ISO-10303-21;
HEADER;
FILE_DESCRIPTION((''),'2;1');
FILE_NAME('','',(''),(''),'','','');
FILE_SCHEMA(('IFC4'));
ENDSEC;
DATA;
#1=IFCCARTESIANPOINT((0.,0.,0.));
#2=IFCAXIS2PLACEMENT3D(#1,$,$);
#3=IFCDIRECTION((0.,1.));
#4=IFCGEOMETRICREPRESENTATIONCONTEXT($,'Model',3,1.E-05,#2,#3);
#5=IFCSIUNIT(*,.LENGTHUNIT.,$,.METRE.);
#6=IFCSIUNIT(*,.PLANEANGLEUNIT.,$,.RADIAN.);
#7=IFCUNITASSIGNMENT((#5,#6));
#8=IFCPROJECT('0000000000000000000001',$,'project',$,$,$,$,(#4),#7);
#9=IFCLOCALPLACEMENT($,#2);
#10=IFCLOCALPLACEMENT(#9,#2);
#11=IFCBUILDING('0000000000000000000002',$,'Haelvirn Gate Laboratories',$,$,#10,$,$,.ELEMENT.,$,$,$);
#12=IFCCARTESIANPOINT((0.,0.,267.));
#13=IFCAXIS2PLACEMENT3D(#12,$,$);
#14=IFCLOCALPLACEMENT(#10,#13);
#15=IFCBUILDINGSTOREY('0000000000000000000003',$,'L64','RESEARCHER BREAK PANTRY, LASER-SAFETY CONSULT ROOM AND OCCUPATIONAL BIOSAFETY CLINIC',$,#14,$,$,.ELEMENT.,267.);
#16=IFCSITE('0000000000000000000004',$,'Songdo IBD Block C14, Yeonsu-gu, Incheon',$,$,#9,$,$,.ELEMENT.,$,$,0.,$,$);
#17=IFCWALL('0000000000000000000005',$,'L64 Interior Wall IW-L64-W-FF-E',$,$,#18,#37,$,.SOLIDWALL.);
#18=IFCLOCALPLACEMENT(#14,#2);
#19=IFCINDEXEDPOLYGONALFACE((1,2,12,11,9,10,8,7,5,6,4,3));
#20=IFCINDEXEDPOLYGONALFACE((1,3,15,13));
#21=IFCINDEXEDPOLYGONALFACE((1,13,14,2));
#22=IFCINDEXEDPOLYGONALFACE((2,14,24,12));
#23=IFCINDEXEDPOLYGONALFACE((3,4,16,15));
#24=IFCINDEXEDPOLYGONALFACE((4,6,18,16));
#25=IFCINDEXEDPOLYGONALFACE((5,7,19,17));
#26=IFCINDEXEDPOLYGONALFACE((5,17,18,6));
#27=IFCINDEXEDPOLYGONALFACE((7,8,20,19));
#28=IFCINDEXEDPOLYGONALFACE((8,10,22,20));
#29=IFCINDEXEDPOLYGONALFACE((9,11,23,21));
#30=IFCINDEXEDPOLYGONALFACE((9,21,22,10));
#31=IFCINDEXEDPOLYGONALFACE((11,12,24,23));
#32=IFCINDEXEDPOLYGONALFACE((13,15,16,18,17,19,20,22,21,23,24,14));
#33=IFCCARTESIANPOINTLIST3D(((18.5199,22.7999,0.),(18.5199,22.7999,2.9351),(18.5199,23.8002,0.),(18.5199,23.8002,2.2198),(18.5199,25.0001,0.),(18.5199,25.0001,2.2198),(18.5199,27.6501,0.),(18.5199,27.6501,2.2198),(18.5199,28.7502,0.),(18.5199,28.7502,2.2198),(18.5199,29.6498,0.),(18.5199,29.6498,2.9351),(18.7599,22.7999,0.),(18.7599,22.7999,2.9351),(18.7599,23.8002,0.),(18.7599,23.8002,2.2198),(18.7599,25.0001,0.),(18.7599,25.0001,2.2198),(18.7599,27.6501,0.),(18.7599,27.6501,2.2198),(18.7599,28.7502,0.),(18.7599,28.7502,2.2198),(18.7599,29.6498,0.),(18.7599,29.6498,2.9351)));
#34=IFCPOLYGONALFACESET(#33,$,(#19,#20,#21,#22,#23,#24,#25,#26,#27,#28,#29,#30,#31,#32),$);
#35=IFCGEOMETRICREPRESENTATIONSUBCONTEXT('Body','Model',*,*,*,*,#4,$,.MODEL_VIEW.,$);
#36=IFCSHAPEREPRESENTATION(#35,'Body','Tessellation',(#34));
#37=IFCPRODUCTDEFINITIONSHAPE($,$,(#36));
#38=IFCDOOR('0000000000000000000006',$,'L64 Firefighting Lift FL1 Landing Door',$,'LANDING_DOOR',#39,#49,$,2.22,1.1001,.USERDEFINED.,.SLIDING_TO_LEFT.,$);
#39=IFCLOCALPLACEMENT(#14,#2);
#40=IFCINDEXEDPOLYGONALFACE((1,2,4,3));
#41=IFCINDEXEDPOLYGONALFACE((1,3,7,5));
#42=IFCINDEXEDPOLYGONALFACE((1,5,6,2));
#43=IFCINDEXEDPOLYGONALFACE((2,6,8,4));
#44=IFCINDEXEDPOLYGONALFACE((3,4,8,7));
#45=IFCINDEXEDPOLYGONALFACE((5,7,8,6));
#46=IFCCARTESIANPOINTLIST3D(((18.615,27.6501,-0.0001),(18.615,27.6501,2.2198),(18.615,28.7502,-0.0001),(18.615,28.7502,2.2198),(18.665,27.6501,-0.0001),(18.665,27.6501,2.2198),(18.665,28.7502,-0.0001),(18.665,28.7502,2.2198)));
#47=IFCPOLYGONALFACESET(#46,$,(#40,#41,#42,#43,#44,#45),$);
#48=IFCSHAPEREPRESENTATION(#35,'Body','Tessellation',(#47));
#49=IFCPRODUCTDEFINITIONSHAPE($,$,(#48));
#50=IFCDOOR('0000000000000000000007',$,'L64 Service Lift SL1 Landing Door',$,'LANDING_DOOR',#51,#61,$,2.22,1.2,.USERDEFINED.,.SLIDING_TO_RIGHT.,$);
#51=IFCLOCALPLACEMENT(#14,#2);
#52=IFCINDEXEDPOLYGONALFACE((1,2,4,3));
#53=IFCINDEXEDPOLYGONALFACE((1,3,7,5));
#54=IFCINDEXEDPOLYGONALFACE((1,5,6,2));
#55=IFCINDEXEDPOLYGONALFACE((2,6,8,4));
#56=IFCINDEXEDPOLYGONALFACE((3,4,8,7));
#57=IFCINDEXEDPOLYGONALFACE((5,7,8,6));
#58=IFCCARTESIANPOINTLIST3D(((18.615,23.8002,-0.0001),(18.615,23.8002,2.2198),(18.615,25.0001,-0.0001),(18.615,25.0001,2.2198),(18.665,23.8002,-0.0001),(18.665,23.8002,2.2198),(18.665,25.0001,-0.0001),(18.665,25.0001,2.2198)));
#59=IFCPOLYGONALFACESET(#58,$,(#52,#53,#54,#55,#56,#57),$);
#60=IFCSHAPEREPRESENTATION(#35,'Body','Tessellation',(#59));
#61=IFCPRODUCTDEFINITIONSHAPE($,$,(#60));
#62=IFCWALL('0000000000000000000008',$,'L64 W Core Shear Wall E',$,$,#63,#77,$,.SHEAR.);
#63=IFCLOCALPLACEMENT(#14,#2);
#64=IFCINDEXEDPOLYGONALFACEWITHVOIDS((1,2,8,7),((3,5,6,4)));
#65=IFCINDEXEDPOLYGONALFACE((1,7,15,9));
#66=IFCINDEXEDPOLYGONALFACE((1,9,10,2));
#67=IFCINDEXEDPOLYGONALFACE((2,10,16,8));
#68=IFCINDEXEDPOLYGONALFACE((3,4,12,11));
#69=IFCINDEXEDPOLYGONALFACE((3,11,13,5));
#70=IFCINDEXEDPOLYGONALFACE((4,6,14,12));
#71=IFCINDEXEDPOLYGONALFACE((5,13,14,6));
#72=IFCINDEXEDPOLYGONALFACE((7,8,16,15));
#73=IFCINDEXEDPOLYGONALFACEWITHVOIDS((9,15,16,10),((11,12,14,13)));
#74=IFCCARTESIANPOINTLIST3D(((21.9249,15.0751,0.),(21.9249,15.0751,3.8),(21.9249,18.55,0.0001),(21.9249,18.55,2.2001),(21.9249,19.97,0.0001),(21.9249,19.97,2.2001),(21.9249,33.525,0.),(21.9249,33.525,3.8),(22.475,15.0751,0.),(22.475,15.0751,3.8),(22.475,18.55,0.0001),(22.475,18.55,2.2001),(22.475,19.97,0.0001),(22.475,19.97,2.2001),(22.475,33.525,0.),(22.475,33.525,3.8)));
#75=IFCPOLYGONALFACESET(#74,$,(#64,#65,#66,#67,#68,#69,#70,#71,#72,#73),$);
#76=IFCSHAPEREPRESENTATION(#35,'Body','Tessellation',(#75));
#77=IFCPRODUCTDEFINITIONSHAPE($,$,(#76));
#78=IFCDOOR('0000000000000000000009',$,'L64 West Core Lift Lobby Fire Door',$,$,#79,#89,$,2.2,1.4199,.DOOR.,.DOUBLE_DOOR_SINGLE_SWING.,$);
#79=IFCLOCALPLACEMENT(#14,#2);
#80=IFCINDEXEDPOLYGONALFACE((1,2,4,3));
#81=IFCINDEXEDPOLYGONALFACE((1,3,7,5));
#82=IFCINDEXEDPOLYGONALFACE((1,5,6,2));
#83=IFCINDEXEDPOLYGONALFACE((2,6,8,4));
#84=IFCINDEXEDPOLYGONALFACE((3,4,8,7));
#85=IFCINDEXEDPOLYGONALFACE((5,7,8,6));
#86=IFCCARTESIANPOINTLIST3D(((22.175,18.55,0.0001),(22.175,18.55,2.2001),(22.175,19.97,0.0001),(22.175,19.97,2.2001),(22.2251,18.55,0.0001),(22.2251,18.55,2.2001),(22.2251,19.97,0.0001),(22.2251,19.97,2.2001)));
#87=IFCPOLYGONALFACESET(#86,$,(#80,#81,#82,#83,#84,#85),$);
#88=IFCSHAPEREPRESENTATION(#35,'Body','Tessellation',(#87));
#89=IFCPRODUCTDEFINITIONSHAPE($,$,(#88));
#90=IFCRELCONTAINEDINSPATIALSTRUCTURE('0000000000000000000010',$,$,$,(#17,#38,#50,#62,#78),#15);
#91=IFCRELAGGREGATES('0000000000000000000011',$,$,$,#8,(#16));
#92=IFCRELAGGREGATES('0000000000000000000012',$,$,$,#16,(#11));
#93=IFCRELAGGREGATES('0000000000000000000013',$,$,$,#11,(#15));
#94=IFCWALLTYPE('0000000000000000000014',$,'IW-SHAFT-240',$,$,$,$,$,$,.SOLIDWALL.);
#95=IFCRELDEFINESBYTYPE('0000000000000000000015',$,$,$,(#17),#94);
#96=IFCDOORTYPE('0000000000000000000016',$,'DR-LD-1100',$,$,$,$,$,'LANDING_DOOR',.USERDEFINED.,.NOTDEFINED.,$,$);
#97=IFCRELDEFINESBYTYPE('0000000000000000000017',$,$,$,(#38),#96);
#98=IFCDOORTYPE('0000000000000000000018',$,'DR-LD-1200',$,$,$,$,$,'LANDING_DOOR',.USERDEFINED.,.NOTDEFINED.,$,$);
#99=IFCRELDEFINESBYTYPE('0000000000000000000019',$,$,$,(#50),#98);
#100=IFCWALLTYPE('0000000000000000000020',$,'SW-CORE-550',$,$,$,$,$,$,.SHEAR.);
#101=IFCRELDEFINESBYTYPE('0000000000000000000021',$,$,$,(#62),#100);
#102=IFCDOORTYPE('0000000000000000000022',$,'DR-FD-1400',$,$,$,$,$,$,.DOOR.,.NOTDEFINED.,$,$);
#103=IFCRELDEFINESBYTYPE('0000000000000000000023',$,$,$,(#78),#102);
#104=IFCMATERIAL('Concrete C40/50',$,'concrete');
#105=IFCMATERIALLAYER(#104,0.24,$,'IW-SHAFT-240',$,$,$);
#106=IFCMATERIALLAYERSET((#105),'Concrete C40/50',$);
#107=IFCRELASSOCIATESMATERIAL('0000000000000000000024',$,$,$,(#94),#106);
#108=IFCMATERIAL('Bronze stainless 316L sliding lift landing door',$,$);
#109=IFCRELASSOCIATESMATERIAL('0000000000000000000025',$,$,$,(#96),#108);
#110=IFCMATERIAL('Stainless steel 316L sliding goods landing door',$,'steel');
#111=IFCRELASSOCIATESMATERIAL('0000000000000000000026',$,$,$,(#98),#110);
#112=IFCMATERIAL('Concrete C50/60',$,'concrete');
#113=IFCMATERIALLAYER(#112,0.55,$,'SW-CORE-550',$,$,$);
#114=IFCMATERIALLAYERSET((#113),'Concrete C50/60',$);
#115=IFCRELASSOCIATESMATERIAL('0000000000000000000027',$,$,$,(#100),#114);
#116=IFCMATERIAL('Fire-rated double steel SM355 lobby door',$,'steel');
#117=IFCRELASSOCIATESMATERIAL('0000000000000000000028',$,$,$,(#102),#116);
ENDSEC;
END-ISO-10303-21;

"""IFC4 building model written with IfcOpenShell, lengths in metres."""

from ifc_helpers import new_model, si_unit, direction, frame, frame_2d, origin, place, context, subcontext, project, spatial, rectangle, extrude, source, transform, mapped, material, layer, layer_set, type_object, type_shapes, element, fill, save


model = new_model("IFC4")

# Units and contexts
model_context = context("Model", 3, precision=1e-05, world=origin(), true_north=direction((0.0, 1.0)))
body_context = subcontext(model_context, "Body", "Model", "MODEL_VIEW")
ifc_project = project(units=[si_unit("LENGTHUNIT", "METRE"), si_unit("PLANEANGLEUNIT", "RADIAN")], contexts=[model_context])

# Site, building, storey
site_placement = place(None, origin())
site = spatial("IfcSite", under=ifc_project, at=site_placement, Name="Songdo IBD Block C14, Yeonsu-gu, Incheon", CompositionType="ELEMENT", RefElevation=0.0)
building_placement = place(site_placement, origin())
building = spatial("IfcBuilding", under=site, at=building_placement, Name="Haelvirn Gate Laboratories", CompositionType="ELEMENT")
storey_placement = place(building_placement, frame((0.0, 0.0, 267.0)))
storey = spatial("IfcBuildingStorey", under=building, at=storey_placement, Name="L64", Description="RESEARCHER BREAK PANTRY, LASER-SAFETY CONSULT ROOM AND OCCUPATIONAL BIOSAFETY CLINIC", CompositionType="ELEMENT", Elevation=267.0)

# Shared definitions
ifc_material_1 = material(Name="Concrete C40/50", Category="concrete")

# Wall, openings, doors
ifc_layer_1 = layer(ifc_material_1, 0.24, Name="IW-SHAFT-240")
ifc_layer_set_1 = layer_set([ifc_layer_1], Name="Concrete C40/50")
wall_type_1 = type_object("IfcWallType", Name="IW-SHAFT-240", PredefinedType="SOLIDWALL", material=ifc_layer_set_1)
wall_1_placement = place(storey_placement, frame((18.6399, 22.8, 0.0), z_axis=(0.0, 0.0, 1.0), x_axis=(0.0, 1.0, 0.0)))
wall_1 = element("IfcWall", 1, at=wall_1_placement, inside=storey, type_object=wall_type_1, Name="L64 Interior Wall IW-L64-W-FF-E", PredefinedType="SOLIDWALL", context=body_context, shape_type="SweptSolid", body=[
    extrude(rectangle(XDim=6.8499, YDim=0.24, at=frame_2d((3.4248, 0.0))), origin(), (0.0, 0.0, 1.0), 2.9351),
])
opening_1_placement = place(wall_1_placement, frame((4.8501, 0.0, 0.0)))
opening_1 = element("IfcOpeningElement", 2, at=opening_1_placement, cuts=wall_1, PredefinedType="OPENING", context=body_context, shape_type="SweptSolid", body=[
    extrude(rectangle(XDim=1.1001, YDim=2.22, at=frame_2d((0.55, 1.1099))), frame((0.0, 0.1299, 0.0), z_axis=(0.0, -1.0, 0.0), x_axis=(1.0, 0.0, 0.0)), (0.0, 0.0, 1.0), 0.26),
])
opening_2_placement = place(wall_1_placement, frame((1.0, 0.0, 0.0)))
opening_2 = element("IfcOpeningElement", 3, at=opening_2_placement, cuts=wall_1, PredefinedType="OPENING", context=body_context, shape_type="SweptSolid", body=[
    extrude(rectangle(XDim=1.2, YDim=2.22, at=frame_2d((0.6001, 1.1099))), frame((0.0, 0.1299, 0.0), z_axis=(0.0, -1.0, 0.0), x_axis=(1.0, 0.0, 0.0)), (0.0, 0.0, 1.0), 0.26),
])
ifc_material_2 = material(Name="Bronze stainless 316L sliding lift landing door")
door_type_1 = type_object("IfcDoorType", Name="DR-LD-1100", ElementType="LANDING_DOOR", OperationType="NOTDEFINED", PredefinedType="USERDEFINED", material=ifc_material_2)
shared_shape_1 = source(origin(), body_context, "Body", "SweptSolid", [
    extrude(rectangle(XDim=1.1001, YDim=2.22, at=frame_2d((0.55, 1.1099))), frame((0.0, 0.0249, 0.0), z_axis=(0.0, -1.0, 0.0), x_axis=(1.0, 0.0, 0.0)), (0.0, 0.0, 1.0), 0.05),
])
type_shapes(door_type_1, [shared_shape_1])
door_1_placement = place(opening_1_placement, origin())
door_1 = element("IfcDoor", 4, at=door_1_placement, inside=storey, type_object=door_type_1, Name="L64 Firefighting Lift FL1 Landing Door", ObjectType="LANDING_DOOR", OperationType="SLIDING_TO_LEFT", OverallHeight=2.22, OverallWidth=1.1001, PredefinedType="USERDEFINED", context=body_context, shape_type="MappedRepresentation", body=[
    mapped(shared_shape_1, transform((0.0, 0.0, 0.0), scale=1.0)),
])
fill(opening_1, door_1)
ifc_material_3 = material(Name="Stainless steel 316L sliding goods landing door", Category="steel")
door_type_2 = type_object("IfcDoorType", Name="DR-LD-1200", ElementType="LANDING_DOOR", OperationType="NOTDEFINED", PredefinedType="USERDEFINED", material=ifc_material_3)
shared_shape_2 = source(origin(), body_context, "Body", "SweptSolid", [
    extrude(rectangle(XDim=1.2, YDim=2.22, at=frame_2d((0.6001, 1.1099))), frame((0.0, 0.0249, 0.0), z_axis=(0.0, -1.0, 0.0), x_axis=(1.0, 0.0, 0.0)), (0.0, 0.0, 1.0), 0.05),
])
type_shapes(door_type_2, [shared_shape_2])
door_2_placement = place(opening_2_placement, origin())
door_2 = element("IfcDoor", 5, at=door_2_placement, inside=storey, type_object=door_type_2, Name="L64 Service Lift SL1 Landing Door", ObjectType="LANDING_DOOR", OperationType="SLIDING_TO_RIGHT", OverallHeight=2.22, OverallWidth=1.2, PredefinedType="USERDEFINED", context=body_context, shape_type="MappedRepresentation", body=[
    mapped(shared_shape_2, transform((0.0, 0.0, 0.0), scale=1.0)),
])
fill(opening_2, door_2)

# Wall, opening, door
ifc_material_4 = material(Name="Concrete C50/60", Category="concrete")
ifc_layer_2 = layer(ifc_material_4, 0.55, Name="SW-CORE-550")
ifc_layer_set_2 = layer_set([ifc_layer_2], Name="Concrete C50/60")
wall_type_2 = type_object("IfcWallType", Name="SW-CORE-550", PredefinedType="SHEAR", material=ifc_layer_set_2)
wall_2_placement = place(storey_placement, frame((22.2, 15.075, 0.0), z_axis=(0.0, 0.0, 1.0), x_axis=(0.0, 1.0, 0.0)))
wall_2 = element("IfcWall", 6, at=wall_2_placement, inside=storey, type_object=wall_type_2, Name="L64 W Core Shear Wall E", PredefinedType="SHEAR", context=body_context, shape_type="SweptSolid", body=[
    extrude(rectangle(XDim=18.45, YDim=0.55, at=frame_2d((9.2251, 0.0))), origin(), (0.0, 0.0, 1.0), 3.8),
])
opening_3_placement = place(wall_2_placement, frame((3.4751, 0.0, 0.0)))
opening_3 = element("IfcOpeningElement", 7, at=opening_3_placement, cuts=wall_2, PredefinedType="OPENING", context=body_context, shape_type="SweptSolid", body=[
    extrude(rectangle(XDim=1.4199, YDim=2.2, at=frame_2d((0.71, 1.1001))), frame((0.0, 0.2852, 0.0), z_axis=(0.0, -1.0, 0.0), x_axis=(1.0, 0.0, 0.0)), (0.0, 0.0, 1.0), 0.5701),
])
ifc_material_5 = material(Name="Fire-rated double steel SM355 lobby door", Category="steel")
door_type_3 = type_object("IfcDoorType", Name="DR-FD-1400", OperationType="NOTDEFINED", PredefinedType="DOOR", material=ifc_material_5)
shared_shape_3 = source(origin(), body_context, "Body", "SweptSolid", [
    extrude(rectangle(XDim=1.4199, YDim=2.2, at=frame_2d((0.71, 1.1001))), frame((0.0, 0.0249, 0.0), z_axis=(0.0, -1.0, 0.0), x_axis=(1.0, 0.0, 0.0)), (0.0, 0.0, 1.0), 0.05),
])
type_shapes(door_type_3, [shared_shape_3])
door_3_placement = place(opening_3_placement, origin())
door_3 = element("IfcDoor", 8, at=door_3_placement, inside=storey, type_object=door_type_3, Name="L64 West Core Lift Lobby Fire Door", OperationType="DOUBLE_DOOR_SINGLE_SWING", OverallHeight=2.2, OverallWidth=1.4199, PredefinedType="DOOR", context=body_context, shape_type="MappedRepresentation", body=[
    mapped(shared_shape_3, transform((0.0, 0.0, 0.0), scale=1.0)),
])
fill(opening_3, door_3)

save(model, "model.ifc")
